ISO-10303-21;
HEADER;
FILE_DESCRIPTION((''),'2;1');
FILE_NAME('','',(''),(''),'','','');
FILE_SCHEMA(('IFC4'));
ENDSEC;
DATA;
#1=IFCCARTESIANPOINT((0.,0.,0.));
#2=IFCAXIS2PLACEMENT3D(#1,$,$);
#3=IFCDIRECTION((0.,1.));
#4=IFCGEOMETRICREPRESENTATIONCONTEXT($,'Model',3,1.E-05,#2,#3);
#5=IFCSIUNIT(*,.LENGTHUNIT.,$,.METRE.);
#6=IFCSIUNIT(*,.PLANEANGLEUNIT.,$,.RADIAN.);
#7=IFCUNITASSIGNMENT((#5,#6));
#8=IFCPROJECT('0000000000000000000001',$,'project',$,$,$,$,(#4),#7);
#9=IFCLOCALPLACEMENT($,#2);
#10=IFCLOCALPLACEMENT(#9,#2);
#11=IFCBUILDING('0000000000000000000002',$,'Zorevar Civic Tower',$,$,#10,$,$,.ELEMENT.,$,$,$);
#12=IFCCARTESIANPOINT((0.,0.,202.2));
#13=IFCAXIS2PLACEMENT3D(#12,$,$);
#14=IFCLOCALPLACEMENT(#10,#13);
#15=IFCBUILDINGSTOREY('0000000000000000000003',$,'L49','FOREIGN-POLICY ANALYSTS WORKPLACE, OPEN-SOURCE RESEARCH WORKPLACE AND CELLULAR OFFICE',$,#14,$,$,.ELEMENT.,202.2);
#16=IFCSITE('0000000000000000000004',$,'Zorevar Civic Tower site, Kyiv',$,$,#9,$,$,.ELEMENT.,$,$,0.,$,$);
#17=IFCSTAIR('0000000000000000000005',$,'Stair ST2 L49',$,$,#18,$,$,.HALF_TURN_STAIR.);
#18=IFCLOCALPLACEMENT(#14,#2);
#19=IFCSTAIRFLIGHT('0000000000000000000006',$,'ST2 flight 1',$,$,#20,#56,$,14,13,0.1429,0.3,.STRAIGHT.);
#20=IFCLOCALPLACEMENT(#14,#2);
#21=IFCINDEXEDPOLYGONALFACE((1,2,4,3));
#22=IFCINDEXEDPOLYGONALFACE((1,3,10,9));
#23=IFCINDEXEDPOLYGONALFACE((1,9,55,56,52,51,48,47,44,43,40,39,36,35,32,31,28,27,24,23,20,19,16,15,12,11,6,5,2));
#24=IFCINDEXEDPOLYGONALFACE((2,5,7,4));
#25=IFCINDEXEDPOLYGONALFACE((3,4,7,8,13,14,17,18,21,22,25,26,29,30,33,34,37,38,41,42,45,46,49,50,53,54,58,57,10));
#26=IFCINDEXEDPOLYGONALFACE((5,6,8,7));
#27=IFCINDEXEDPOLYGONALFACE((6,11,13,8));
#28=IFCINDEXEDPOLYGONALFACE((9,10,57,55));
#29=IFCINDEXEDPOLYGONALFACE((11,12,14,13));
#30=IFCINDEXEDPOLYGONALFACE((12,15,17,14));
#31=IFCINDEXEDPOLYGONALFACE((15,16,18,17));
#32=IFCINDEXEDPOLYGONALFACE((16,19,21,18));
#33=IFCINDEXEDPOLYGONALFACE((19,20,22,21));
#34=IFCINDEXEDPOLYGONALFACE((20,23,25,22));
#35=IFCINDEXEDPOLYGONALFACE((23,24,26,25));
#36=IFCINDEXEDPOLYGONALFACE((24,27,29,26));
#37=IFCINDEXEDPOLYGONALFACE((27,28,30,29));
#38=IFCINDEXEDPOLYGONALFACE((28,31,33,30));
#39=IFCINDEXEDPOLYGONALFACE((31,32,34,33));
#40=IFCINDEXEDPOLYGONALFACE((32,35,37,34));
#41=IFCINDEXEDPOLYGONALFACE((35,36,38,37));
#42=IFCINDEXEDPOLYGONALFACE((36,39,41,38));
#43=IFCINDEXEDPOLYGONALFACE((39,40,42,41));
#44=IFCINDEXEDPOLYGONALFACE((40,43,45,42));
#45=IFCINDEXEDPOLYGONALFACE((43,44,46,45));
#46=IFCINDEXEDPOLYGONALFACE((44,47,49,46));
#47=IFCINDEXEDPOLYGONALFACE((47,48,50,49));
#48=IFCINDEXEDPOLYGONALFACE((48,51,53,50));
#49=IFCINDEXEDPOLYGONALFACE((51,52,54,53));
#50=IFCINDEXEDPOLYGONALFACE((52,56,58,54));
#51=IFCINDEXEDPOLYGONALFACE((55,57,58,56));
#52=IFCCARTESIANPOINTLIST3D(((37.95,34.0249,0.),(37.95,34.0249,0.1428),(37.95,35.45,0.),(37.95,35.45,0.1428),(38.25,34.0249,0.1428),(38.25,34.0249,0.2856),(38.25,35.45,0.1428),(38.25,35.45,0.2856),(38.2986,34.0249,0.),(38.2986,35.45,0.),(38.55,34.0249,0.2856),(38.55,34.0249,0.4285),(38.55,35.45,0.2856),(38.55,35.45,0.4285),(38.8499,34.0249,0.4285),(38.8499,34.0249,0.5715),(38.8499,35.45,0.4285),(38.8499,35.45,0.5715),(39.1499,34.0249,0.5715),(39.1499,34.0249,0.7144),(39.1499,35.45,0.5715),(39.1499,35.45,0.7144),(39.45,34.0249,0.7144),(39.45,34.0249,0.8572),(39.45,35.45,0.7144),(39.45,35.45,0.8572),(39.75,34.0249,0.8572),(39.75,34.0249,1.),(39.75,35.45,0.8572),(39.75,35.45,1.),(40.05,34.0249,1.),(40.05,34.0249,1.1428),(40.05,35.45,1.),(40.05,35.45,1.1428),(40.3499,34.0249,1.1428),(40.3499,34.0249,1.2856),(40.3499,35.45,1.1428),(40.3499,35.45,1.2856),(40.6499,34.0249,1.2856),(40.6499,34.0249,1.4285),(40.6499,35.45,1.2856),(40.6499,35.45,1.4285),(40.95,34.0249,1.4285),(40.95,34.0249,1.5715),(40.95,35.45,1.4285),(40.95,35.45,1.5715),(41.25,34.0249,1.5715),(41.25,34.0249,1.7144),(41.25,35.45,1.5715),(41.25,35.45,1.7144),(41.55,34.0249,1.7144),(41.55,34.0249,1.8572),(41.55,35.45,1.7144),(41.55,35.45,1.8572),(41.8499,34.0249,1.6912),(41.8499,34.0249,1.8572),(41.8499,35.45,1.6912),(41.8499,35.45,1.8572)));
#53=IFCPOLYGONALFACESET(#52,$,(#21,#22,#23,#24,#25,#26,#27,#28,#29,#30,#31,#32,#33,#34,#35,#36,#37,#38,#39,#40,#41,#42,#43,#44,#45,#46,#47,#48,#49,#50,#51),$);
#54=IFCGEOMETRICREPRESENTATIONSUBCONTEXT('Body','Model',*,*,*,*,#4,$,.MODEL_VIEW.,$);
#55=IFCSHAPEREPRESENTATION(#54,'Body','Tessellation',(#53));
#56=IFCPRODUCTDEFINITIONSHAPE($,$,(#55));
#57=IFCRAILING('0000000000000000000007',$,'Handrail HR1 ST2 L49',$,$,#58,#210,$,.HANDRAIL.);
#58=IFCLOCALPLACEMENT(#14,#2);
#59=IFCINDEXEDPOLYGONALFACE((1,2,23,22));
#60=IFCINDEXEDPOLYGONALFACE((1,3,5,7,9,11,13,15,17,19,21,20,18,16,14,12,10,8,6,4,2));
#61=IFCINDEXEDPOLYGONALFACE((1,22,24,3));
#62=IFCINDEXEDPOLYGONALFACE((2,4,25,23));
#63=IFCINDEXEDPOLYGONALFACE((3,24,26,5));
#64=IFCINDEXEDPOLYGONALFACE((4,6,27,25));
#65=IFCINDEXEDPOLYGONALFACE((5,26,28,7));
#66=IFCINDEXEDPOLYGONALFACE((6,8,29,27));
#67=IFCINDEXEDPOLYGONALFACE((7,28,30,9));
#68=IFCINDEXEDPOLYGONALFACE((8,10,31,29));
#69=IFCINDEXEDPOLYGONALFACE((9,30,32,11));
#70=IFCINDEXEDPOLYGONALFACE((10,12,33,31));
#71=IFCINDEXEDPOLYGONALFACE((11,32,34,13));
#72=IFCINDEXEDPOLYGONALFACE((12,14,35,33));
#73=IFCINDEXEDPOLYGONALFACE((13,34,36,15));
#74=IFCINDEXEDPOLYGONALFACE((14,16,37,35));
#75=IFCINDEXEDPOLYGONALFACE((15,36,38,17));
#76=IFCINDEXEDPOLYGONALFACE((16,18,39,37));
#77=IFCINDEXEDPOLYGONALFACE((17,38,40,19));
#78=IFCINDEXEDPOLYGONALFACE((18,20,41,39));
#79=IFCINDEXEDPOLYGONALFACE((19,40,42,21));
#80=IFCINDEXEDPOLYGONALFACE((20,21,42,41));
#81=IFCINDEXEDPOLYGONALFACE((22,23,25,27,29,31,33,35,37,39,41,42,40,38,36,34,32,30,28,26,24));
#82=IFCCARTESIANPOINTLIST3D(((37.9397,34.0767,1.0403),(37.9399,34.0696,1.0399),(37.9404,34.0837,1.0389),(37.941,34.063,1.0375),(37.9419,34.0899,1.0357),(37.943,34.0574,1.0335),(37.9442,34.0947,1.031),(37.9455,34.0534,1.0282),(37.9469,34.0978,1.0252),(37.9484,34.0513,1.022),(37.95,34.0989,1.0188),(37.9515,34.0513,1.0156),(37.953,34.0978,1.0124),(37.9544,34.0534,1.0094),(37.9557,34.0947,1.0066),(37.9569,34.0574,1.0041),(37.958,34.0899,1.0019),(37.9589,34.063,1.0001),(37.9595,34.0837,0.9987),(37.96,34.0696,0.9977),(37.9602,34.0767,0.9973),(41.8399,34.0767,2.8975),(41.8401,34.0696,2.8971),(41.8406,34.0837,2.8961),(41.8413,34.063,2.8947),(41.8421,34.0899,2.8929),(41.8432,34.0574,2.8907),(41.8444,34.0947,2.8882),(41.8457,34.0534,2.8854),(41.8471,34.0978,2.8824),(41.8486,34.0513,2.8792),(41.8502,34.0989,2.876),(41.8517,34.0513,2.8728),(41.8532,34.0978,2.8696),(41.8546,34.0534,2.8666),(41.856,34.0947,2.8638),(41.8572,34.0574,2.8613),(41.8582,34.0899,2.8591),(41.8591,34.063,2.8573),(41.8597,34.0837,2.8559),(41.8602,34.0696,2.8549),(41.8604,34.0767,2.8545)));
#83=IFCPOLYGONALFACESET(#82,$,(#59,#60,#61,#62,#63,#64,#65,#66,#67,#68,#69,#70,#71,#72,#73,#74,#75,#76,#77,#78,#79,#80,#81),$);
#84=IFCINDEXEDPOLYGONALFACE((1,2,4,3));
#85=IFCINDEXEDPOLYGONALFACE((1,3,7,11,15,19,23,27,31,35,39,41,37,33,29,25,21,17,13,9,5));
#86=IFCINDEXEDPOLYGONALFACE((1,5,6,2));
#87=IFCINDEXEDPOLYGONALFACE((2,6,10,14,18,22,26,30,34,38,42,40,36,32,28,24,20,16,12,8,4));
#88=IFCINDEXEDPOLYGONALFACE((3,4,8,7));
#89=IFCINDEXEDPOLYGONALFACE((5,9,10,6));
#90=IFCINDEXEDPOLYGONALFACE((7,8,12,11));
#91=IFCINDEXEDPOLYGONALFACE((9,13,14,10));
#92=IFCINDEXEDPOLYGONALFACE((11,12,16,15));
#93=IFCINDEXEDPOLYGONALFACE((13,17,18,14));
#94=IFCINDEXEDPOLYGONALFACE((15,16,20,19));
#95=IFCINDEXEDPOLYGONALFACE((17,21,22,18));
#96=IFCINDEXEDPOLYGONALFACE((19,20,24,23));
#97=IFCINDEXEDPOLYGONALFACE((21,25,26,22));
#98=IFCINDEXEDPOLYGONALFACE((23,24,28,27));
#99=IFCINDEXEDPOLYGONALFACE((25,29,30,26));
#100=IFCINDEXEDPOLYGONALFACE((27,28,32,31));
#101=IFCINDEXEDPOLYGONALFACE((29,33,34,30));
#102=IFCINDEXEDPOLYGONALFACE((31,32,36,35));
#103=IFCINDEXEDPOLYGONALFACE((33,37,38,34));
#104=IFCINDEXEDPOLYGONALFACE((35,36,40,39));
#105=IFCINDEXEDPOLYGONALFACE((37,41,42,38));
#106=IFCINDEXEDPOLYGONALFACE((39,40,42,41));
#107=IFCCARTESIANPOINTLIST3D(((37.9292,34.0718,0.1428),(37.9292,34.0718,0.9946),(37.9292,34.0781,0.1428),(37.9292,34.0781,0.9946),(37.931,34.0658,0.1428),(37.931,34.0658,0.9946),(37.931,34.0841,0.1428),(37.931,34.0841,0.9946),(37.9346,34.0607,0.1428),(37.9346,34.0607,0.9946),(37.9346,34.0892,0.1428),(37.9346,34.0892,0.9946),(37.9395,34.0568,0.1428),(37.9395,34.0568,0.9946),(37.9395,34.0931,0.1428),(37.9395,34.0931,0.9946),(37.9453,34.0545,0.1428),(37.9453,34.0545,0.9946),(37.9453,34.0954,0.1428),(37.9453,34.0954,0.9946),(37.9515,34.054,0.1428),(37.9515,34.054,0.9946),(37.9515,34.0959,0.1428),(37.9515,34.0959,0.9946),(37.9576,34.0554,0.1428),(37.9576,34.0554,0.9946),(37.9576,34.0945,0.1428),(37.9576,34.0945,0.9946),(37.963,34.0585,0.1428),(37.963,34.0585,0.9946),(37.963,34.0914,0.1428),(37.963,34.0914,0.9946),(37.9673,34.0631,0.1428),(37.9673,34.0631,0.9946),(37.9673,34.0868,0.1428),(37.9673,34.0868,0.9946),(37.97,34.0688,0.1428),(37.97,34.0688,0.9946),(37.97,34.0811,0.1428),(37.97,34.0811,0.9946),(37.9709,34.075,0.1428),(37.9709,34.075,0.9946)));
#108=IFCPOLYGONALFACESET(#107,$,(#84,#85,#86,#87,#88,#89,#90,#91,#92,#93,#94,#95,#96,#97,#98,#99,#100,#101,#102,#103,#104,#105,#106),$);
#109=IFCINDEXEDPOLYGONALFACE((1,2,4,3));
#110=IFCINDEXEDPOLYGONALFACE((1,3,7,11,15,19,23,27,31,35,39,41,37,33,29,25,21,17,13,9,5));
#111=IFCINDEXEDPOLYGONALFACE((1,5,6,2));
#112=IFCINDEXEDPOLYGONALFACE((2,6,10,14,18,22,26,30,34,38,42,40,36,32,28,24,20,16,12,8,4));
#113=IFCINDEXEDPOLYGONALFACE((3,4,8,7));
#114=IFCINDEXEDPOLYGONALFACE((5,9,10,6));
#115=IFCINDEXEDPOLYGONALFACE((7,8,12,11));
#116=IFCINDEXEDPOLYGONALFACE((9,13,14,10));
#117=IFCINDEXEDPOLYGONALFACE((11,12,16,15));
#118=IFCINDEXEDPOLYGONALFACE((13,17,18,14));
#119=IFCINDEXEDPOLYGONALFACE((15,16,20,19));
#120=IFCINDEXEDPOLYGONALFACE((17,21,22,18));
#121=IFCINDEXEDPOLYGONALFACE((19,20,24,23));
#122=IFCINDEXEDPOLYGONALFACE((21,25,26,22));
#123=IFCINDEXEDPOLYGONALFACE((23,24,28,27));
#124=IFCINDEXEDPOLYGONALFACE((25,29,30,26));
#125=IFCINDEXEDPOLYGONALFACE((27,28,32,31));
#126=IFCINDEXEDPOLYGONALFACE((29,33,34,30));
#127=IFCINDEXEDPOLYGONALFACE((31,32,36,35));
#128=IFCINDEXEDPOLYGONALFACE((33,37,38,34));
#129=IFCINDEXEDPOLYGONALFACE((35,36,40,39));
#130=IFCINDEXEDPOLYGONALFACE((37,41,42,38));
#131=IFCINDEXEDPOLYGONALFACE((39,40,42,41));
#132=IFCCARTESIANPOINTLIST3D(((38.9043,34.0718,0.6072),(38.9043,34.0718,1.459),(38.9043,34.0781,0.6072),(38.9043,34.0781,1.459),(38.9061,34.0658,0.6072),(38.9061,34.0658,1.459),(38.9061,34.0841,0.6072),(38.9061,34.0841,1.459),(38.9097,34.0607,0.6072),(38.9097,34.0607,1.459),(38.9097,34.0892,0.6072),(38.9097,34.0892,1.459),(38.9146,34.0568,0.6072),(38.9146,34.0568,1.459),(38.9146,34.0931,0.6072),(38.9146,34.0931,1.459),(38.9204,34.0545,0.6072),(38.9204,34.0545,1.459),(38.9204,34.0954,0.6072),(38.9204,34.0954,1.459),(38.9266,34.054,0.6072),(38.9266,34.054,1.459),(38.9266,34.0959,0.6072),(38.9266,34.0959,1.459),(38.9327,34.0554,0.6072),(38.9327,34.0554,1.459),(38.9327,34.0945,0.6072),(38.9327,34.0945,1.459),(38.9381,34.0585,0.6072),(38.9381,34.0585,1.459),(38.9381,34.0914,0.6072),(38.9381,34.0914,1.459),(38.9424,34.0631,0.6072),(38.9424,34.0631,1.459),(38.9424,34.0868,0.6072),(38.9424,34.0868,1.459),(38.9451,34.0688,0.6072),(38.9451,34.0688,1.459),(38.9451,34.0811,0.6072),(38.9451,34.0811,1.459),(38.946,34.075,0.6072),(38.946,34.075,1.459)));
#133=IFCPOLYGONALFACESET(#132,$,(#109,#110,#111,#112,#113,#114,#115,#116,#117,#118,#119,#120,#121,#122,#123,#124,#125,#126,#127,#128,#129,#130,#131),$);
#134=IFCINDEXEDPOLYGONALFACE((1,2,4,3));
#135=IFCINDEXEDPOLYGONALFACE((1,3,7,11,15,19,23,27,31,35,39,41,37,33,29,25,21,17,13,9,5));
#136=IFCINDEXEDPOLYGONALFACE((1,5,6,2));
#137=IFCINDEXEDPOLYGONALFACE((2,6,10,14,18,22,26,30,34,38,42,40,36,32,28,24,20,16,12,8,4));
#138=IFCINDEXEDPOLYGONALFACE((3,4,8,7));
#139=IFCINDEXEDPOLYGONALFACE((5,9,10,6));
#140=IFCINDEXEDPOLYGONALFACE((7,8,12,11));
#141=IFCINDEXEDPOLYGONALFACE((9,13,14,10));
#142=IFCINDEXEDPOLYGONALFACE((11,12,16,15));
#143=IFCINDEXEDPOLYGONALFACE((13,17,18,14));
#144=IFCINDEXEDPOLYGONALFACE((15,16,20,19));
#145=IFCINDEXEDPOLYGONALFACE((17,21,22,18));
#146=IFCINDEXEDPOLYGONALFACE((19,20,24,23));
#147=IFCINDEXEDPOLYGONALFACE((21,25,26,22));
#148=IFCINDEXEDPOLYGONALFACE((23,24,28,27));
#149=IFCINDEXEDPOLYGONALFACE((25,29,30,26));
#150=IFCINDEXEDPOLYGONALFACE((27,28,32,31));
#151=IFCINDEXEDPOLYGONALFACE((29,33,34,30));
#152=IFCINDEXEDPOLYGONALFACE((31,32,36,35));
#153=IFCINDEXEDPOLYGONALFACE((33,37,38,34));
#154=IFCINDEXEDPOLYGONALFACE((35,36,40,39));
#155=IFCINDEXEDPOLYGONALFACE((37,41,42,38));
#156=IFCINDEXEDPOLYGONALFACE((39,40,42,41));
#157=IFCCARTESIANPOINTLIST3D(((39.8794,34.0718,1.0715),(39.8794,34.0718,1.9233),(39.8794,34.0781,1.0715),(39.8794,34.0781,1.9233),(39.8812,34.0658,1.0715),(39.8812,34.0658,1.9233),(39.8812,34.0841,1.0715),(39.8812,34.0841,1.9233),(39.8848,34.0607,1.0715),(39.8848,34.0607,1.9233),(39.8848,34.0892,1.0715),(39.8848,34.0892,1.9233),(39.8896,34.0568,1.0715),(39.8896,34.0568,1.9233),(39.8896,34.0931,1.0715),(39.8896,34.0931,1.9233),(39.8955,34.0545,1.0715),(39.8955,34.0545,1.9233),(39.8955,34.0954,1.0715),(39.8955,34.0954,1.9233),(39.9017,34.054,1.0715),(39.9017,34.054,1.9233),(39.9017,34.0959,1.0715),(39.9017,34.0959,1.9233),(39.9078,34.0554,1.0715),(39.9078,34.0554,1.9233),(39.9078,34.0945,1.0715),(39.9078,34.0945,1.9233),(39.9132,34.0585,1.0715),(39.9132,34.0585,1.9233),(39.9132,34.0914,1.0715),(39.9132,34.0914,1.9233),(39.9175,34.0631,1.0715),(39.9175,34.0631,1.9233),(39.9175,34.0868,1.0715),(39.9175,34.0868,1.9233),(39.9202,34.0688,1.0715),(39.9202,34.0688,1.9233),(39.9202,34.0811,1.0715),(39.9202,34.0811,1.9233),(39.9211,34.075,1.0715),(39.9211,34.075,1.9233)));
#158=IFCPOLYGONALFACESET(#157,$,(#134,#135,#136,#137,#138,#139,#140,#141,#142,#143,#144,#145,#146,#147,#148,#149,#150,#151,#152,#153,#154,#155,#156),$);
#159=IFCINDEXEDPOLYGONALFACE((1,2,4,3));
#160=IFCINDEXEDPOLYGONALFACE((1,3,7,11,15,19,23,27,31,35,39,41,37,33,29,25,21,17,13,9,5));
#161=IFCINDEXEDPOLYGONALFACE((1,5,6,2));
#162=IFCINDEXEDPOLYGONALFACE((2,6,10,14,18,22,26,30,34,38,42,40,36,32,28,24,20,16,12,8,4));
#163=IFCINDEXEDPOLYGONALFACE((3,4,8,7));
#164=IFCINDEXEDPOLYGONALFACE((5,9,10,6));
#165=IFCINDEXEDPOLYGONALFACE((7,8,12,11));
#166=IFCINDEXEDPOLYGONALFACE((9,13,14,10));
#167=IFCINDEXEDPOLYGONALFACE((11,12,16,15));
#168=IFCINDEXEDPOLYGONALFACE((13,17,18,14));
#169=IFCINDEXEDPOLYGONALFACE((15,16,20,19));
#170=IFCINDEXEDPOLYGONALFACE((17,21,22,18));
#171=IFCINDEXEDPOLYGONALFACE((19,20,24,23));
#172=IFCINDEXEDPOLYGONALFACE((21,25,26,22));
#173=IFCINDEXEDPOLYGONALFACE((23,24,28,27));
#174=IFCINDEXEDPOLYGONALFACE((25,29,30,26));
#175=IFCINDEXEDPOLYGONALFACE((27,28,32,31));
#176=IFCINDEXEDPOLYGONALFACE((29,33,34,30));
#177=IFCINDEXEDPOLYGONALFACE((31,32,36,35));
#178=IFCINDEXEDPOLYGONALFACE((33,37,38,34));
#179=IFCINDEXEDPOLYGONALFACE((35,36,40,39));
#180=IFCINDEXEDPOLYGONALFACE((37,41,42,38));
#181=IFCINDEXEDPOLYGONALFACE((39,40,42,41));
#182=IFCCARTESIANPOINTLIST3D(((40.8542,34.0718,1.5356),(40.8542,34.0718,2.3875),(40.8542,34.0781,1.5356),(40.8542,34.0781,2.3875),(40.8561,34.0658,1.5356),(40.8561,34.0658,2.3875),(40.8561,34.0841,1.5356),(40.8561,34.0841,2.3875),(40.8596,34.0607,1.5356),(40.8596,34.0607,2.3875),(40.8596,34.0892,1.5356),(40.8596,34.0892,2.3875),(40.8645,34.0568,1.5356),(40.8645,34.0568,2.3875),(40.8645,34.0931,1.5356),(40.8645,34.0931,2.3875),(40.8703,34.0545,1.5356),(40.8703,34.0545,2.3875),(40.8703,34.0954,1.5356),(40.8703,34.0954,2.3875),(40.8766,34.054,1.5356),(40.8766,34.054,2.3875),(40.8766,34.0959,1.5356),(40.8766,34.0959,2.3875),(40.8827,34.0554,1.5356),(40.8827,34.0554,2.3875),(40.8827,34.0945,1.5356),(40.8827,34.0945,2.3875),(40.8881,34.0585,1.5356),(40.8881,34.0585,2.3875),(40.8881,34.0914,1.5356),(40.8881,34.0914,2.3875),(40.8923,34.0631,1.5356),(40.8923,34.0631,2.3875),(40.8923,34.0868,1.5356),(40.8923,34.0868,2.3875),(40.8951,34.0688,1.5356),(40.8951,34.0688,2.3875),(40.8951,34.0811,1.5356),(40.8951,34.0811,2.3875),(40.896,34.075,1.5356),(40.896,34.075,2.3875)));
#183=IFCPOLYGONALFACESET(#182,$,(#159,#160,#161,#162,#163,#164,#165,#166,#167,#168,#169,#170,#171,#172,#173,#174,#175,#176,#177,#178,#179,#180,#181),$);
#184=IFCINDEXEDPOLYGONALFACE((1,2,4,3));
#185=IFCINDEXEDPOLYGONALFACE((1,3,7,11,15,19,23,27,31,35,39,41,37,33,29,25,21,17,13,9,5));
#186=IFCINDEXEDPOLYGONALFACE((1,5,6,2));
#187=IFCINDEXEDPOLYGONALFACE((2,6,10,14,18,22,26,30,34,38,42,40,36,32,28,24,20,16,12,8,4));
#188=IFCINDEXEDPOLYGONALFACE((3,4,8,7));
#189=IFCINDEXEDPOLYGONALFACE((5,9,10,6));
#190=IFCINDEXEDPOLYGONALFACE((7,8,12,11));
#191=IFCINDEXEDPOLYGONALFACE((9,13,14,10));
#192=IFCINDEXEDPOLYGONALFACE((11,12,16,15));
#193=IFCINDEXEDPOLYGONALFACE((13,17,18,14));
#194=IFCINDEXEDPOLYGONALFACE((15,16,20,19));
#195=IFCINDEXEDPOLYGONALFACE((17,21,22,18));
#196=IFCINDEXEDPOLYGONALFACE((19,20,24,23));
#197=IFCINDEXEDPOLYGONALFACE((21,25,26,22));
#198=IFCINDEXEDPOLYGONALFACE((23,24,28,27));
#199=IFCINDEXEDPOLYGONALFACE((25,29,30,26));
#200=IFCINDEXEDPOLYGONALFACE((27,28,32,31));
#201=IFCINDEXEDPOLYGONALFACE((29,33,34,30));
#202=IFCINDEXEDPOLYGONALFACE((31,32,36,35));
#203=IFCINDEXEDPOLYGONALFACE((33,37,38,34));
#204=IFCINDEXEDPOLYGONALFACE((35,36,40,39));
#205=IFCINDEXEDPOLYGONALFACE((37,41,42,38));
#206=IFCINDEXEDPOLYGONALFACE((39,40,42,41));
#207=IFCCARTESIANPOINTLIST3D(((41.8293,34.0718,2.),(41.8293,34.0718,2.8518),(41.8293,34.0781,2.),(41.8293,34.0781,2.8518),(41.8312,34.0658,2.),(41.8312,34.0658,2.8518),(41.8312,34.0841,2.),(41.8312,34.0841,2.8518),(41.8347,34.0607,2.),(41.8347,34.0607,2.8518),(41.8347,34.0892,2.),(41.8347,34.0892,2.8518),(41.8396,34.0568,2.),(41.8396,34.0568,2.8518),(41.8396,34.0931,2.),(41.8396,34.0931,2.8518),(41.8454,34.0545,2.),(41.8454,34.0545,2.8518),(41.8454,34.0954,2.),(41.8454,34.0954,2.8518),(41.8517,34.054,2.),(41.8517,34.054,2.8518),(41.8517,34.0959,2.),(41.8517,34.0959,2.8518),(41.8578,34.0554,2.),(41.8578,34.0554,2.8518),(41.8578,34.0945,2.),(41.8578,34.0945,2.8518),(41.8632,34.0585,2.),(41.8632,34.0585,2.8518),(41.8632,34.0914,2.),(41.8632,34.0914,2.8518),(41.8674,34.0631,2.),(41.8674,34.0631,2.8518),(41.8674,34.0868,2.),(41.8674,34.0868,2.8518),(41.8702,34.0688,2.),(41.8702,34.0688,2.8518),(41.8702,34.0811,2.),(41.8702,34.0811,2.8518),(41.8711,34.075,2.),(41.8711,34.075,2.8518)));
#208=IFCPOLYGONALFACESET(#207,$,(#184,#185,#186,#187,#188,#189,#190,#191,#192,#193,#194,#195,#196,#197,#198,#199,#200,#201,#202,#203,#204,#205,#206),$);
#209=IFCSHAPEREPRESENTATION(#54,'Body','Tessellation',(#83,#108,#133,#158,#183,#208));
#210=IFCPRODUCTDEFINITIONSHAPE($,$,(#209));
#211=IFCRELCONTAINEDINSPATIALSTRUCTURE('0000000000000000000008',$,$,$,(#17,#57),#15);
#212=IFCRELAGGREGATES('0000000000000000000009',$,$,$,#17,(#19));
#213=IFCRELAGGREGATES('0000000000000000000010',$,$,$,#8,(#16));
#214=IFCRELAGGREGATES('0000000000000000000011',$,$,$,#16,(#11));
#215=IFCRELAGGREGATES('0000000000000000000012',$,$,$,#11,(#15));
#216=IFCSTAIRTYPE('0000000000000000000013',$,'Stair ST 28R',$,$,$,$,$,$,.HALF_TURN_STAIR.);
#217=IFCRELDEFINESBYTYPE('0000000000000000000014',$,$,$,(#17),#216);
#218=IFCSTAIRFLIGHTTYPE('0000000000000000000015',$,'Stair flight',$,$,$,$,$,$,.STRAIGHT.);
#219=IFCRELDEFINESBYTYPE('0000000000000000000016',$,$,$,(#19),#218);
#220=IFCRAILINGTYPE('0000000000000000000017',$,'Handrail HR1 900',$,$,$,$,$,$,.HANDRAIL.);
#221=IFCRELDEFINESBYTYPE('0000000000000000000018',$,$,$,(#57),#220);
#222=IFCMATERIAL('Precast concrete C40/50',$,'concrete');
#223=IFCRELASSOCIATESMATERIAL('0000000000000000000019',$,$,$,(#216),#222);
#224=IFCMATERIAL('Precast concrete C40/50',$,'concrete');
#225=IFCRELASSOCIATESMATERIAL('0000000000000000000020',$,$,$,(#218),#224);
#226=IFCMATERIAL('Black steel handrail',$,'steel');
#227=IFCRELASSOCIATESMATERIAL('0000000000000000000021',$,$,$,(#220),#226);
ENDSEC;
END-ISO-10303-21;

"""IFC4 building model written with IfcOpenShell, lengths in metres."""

from ifc_helpers import new_model, si_unit, direction, frame, origin, origin_2d, place, context, subcontext, project, spatial, polyline, circle, outline, extrude, material, type_object, element, aggregate, save


model = new_model("IFC4")

# Units and contexts
model_context = context("Model", 3, precision=1e-05, world=origin(), true_north=direction((0.0, 1.0)))
body_context = subcontext(model_context, "Body", "Model", "MODEL_VIEW")
ifc_project = project(units=[si_unit("LENGTHUNIT", "METRE"), si_unit("PLANEANGLEUNIT", "RADIAN")], contexts=[model_context])

# Site, building, storey
site_placement = place(None, origin())
site = spatial("IfcSite", under=ifc_project, at=site_placement, Name="Zorevar Civic Tower site, Kyiv", CompositionType="ELEMENT", RefElevation=0.0)
building_placement = place(site_placement, origin())
building = spatial("IfcBuilding", under=site, at=building_placement, Name="Zorevar Civic Tower", CompositionType="ELEMENT")
storey_placement = place(building_placement, frame((0.0, 0.0, 202.2)))
storey = spatial("IfcBuildingStorey", under=building, at=storey_placement, Name="L49", Description="FOREIGN-POLICY ANALYSTS WORKPLACE, OPEN-SOURCE RESEARCH WORKPLACE AND CELLULAR OFFICE", CompositionType="ELEMENT", Elevation=202.2)

# Stair, stair flight
ifc_material_1 = material(Name="Precast concrete C40/50", Category="concrete")
stair_type = type_object("IfcStairType", Name="Stair ST 28R", PredefinedType="HALF_TURN_STAIR", material=ifc_material_1)
stair_placement = place(storey_placement, origin())
stair = element("IfcStair", 1, at=stair_placement, inside=storey, type_object=stair_type, Name="Stair ST2 L49", PredefinedType="HALF_TURN_STAIR")
ifc_material_2 = material(Name="Precast concrete C40/50", Category="concrete")
stair_flight_type = type_object("IfcStairFlightType", Name="Stair flight", PredefinedType="STRAIGHT", material=ifc_material_2)
stair_flight_placement = place(storey_placement, frame((37.95, 34.7375, 0.0), z_axis=(0.0, 0.0, 1.0), x_axis=(1.0, 0.0, 0.0)))
stair_flight = element("IfcStairFlight", 2, at=stair_flight_placement, type_object=stair_flight_type, Name="ST2 flight 1", NumberOfRisers=14, NumberOfTreads=13, PredefinedType="STRAIGHT", RiserHeight=0.1429, TreadLength=0.3, context=body_context, shape_type="SweptSolid", body=[
    extrude(outline(polyline([(0.0, 0.0), (0.0, 0.1428), (0.3, 0.1428), (0.3, 0.2856), (0.6001, 0.2856), (0.6001, 0.4285), (0.8999, 0.4285), (0.8999, 0.5715), (1.2, 0.5715), (1.2, 0.7144), (1.5, 0.7144), (1.5, 0.8572), (1.8, 0.8572), (1.8, 1.0), (2.1001, 1.0), (2.1001, 1.1428), (2.3999, 1.1428), (2.3999, 1.2856), (2.7, 1.2856), (2.7, 1.4285), (3.0, 1.4285), (3.0, 1.5715), (3.3, 1.5715), (3.3, 1.7144), (3.6001, 1.7144), (3.6001, 1.8572), (3.8999, 1.8572), (3.8999, 2.0), (3.8999, 1.6912), (0.3486, 0.0), (0.0, 0.0)])), frame((0.0, 0.7124, 0.0), z_axis=(0.0, -1.0, 0.0), x_axis=(1.0, 0.0, 0.0)), (0.0, 0.0, 1.0), 1.425),
])
aggregate(stair, [stair_flight])

# Railing
ifc_material_3 = material(Name="Black steel handrail", Category="steel")
railing_type = type_object("IfcRailingType", Name="Handrail HR1 900", PredefinedType="HANDRAIL", material=ifc_material_3)
railing_placement = place(storey_placement, frame((37.95, 34.075, 0.1428)))
element("IfcRailing", 3, at=railing_placement, inside=storey, type_object=railing_type, Name="Handrail HR1 ST2 L49", PredefinedType="HANDRAIL", context=body_context, shape_type="SweptSolid", body=[
    extrude(circle(Radius=0.0239, at=origin_2d()), frame((0.0, 0.0, 0.876), z_axis=(0.902864, 0.0, 0.429927), x_axis=(0.0, 1.0, 0.0)), (0.0, 0.0, 1.0), 4.3198),
    extrude(circle(Radius=0.021, at=origin_2d()), origin(), (0.0, 0.0, 1.0), 0.8518),
    extrude(circle(Radius=0.021, at=origin_2d()), frame((0.9751, 0.0, 0.4644)), (0.0, 0.0, 1.0), 0.8518),
    extrude(circle(Radius=0.021, at=origin_2d()), frame((1.9502, 0.0, 0.9287)), (0.0, 0.0, 1.0), 0.8518),
    extrude(circle(Radius=0.021, at=origin_2d()), frame((2.925, 0.0, 1.3928)), (0.0, 0.0, 1.0), 0.8518),
    extrude(circle(Radius=0.021, at=origin_2d()), frame((3.9001, 0.0, 1.8572)), (0.0, 0.0, 1.0), 0.8518),
])

save(model, "model.ifc")
